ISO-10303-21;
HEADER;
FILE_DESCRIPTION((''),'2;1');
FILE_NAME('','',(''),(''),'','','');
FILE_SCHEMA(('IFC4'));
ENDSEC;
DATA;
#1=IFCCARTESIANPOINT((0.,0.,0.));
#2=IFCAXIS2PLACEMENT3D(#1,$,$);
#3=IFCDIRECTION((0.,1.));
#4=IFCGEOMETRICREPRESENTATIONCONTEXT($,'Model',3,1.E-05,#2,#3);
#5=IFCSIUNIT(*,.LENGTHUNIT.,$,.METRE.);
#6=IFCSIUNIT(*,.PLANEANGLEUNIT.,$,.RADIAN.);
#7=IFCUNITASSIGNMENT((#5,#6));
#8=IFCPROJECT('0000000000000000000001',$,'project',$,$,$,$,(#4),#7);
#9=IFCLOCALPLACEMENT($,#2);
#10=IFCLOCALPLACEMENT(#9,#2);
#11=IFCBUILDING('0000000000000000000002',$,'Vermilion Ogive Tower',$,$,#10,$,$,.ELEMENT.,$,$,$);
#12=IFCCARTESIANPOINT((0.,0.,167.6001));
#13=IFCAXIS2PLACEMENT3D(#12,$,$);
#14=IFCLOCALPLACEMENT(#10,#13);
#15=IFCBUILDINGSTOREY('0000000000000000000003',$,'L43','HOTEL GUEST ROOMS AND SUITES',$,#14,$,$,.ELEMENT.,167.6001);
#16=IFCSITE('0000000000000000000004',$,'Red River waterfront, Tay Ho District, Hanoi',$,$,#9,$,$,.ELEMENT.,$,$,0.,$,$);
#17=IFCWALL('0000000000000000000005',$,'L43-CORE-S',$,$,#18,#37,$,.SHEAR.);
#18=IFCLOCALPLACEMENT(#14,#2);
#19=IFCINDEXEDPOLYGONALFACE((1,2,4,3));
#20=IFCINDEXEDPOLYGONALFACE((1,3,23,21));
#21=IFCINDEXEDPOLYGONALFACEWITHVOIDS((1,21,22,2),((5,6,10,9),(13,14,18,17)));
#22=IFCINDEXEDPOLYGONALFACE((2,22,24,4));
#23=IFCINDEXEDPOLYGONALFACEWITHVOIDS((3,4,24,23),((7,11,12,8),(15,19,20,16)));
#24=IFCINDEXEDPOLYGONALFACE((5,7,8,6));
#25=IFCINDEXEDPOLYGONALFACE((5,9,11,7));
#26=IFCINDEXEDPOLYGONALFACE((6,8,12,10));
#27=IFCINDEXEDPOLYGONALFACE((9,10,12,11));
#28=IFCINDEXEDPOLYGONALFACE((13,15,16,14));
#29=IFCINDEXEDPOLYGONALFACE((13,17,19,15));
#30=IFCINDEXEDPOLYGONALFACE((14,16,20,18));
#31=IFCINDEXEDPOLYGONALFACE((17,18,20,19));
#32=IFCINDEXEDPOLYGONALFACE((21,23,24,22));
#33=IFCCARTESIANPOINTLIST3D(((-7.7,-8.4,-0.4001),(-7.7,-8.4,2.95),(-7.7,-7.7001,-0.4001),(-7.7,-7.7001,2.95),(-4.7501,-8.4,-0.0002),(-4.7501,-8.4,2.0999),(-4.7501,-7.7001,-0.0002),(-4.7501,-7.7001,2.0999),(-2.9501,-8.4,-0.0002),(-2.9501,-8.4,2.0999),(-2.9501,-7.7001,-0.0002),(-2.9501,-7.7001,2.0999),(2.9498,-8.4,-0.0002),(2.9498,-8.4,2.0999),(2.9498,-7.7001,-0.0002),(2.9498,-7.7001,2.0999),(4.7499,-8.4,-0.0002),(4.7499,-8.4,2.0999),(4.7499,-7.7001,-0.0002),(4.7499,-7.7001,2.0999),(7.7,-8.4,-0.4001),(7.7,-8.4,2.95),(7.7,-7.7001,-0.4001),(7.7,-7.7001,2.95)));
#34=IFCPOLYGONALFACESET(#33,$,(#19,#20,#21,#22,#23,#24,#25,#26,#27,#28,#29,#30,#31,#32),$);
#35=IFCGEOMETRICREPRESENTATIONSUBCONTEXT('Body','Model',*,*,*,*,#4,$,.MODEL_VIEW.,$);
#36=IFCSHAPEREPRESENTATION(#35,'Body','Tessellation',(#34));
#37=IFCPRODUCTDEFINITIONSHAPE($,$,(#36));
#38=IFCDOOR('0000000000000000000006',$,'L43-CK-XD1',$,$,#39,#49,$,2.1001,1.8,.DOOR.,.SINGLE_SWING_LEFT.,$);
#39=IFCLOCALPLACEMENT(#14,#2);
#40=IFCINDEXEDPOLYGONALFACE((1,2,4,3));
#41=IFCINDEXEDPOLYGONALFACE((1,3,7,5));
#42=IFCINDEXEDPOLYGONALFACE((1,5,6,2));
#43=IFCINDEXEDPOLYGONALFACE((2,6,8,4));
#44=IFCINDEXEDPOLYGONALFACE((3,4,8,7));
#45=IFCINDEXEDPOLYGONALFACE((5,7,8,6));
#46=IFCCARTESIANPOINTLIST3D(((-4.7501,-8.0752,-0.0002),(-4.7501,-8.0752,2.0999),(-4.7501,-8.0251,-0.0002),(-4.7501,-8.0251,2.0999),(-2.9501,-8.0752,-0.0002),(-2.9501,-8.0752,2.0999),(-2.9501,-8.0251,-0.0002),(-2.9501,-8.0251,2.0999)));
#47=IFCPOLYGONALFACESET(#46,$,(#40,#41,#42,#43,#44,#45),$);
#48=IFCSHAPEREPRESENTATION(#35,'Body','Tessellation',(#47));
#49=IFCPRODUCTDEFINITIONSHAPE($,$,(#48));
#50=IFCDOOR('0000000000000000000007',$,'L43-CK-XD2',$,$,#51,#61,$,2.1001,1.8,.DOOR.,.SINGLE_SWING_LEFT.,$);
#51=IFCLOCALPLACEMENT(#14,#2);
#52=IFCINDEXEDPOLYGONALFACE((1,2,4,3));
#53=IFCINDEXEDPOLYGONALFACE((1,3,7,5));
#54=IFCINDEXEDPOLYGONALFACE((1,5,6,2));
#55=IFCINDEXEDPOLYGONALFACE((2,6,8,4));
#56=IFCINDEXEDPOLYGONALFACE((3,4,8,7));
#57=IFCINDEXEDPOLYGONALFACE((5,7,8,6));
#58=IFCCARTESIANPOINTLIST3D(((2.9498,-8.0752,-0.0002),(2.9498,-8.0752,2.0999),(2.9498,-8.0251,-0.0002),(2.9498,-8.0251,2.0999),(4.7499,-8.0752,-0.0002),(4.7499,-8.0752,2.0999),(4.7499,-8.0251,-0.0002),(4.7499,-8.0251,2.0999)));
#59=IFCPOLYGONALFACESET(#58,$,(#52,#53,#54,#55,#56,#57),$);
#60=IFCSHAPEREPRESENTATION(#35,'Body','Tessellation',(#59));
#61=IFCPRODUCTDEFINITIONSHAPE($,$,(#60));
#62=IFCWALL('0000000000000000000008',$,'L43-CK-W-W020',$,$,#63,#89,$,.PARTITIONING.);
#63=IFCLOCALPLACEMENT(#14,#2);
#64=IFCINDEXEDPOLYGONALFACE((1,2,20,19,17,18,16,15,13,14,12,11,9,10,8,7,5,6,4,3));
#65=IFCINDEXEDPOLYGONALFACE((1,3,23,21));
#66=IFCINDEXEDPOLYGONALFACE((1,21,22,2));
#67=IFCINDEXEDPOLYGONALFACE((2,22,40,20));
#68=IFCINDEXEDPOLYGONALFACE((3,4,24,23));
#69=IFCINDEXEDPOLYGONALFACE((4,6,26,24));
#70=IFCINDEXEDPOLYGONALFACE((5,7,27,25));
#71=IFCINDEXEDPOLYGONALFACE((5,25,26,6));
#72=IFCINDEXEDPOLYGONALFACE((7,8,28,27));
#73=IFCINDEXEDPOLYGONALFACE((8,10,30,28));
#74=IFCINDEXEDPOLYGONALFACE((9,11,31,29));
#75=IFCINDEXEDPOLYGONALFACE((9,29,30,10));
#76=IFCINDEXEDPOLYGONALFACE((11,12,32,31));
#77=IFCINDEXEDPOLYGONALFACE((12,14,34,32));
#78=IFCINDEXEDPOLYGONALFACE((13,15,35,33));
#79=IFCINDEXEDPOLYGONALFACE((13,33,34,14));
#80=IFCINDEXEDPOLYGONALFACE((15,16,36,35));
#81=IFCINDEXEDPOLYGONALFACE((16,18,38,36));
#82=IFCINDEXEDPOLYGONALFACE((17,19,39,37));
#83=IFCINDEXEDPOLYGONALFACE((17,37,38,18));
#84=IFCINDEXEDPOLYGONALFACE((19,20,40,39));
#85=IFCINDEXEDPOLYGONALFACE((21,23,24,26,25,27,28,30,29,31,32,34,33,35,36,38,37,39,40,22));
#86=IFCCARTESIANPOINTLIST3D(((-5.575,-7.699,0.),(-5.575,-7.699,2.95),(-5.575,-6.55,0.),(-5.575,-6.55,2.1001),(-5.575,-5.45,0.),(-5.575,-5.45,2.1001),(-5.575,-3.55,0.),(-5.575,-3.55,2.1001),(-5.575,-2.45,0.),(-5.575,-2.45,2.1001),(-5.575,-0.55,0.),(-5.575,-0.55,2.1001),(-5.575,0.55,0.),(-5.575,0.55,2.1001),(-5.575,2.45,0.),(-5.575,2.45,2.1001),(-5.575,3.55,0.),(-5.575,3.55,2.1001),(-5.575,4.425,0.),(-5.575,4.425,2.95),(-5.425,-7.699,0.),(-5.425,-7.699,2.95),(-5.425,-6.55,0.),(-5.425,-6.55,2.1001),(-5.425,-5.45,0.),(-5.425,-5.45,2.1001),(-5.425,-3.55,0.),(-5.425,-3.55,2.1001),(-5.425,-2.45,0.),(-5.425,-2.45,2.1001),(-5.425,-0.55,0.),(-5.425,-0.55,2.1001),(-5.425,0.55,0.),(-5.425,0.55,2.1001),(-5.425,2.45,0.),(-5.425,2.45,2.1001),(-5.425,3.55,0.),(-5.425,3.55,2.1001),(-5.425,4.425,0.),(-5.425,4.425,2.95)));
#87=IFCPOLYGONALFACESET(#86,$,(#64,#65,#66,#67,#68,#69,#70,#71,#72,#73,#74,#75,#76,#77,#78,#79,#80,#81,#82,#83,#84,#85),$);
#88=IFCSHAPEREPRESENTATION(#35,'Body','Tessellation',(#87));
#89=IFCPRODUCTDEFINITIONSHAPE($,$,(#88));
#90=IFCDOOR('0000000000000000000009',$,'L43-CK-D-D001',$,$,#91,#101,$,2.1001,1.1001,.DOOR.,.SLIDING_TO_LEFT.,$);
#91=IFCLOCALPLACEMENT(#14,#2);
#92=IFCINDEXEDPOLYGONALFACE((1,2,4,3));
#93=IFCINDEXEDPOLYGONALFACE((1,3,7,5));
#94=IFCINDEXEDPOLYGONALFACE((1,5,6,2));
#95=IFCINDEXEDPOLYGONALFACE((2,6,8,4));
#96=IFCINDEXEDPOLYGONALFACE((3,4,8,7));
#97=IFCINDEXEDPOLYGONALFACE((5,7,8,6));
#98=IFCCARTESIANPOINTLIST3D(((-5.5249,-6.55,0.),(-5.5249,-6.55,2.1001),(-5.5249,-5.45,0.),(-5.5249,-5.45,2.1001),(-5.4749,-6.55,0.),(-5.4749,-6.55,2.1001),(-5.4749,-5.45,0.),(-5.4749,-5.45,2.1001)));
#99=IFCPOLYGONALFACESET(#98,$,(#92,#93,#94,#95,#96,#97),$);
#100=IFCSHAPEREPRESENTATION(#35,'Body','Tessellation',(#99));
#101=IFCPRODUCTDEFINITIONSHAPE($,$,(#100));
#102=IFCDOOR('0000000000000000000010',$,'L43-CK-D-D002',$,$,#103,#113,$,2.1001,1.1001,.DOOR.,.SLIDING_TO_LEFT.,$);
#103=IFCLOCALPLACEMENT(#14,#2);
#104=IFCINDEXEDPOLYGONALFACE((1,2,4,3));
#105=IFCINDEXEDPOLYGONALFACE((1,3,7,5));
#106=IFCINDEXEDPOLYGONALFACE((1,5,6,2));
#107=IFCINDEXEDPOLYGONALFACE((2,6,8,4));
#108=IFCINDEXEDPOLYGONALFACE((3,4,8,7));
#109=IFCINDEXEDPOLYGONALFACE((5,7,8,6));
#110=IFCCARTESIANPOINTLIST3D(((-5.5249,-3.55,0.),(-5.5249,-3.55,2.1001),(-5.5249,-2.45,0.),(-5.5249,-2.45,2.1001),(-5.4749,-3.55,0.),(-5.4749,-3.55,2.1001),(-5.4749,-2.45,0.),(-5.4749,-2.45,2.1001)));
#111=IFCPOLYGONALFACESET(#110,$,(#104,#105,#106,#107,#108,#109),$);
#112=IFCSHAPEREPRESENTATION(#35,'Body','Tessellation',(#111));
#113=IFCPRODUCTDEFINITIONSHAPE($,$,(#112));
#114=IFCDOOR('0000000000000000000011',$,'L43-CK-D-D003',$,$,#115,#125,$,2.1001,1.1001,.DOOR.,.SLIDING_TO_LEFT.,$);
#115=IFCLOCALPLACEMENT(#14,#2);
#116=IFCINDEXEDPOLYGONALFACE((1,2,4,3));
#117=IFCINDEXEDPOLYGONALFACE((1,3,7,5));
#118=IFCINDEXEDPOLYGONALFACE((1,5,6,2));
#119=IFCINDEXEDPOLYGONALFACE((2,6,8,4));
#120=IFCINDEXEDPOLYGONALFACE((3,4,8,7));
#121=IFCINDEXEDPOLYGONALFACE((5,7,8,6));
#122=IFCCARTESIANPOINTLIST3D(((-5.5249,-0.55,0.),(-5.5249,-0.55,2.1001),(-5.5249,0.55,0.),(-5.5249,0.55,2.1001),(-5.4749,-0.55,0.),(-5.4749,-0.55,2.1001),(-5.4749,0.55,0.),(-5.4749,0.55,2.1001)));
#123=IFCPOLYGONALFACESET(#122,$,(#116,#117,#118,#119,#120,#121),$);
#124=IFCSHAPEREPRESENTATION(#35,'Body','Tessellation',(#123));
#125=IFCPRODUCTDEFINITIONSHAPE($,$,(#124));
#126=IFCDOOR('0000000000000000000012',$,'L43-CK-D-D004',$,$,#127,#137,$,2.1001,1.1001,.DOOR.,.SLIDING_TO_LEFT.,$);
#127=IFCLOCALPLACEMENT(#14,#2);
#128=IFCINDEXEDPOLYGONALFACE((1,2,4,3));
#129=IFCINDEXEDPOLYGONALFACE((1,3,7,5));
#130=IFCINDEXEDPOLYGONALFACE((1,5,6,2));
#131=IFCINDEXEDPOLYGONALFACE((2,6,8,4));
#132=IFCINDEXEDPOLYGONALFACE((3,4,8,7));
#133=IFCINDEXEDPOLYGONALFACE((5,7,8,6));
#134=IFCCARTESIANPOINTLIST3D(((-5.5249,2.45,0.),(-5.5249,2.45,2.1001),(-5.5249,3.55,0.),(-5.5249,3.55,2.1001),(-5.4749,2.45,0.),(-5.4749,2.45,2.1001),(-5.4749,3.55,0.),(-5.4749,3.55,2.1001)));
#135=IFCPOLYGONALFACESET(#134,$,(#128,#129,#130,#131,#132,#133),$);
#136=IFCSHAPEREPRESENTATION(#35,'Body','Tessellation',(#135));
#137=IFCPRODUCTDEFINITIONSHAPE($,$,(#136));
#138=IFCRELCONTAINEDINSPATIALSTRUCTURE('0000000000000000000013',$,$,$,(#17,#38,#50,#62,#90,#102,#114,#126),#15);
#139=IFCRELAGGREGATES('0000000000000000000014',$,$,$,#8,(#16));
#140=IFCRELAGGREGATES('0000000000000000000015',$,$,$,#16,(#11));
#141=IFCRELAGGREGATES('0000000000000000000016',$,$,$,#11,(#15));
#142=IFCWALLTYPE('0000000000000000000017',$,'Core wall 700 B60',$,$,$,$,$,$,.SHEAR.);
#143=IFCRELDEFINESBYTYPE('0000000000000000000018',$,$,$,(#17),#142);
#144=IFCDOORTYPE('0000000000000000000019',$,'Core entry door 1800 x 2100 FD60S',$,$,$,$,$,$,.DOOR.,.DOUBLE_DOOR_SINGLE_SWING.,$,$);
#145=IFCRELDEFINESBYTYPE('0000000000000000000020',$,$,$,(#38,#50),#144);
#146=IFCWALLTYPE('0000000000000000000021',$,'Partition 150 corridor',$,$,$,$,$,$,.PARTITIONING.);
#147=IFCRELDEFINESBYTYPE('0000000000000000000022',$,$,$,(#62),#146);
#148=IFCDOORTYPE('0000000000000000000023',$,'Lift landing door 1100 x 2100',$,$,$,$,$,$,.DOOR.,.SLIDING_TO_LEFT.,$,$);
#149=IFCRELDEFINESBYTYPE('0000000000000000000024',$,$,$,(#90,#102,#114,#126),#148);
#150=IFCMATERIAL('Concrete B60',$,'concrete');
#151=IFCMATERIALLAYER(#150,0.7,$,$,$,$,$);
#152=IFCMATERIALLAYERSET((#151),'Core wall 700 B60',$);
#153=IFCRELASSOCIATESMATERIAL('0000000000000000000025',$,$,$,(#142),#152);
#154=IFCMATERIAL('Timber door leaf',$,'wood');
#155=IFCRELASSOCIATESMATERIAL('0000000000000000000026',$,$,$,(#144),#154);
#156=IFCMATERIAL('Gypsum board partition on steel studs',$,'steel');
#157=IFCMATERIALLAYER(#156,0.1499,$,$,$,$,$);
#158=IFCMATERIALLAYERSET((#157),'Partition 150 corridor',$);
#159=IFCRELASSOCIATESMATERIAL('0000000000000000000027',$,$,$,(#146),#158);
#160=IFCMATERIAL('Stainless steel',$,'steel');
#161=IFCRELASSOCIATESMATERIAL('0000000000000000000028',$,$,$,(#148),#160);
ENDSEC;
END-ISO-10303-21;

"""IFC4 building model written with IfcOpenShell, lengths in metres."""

from ifc_helpers import new_model, si_unit, direction, frame, frame_2d, origin, place, context, subcontext, project, spatial, rectangle, extrude, material, layer, layer_set, type_object, element, fill, save


model = new_model("IFC4")

# Units and contexts
model_context = context("Model", 3, precision=1e-05, world=origin(), true_north=direction((0.0, 1.0)))
body_context = subcontext(model_context, "Body", "Model", "MODEL_VIEW")
ifc_project = project(units=[si_unit("LENGTHUNIT", "METRE"), si_unit("PLANEANGLEUNIT", "RADIAN")], contexts=[model_context])

# Site, building, storey
site_placement = place(None, origin())
site = spatial("IfcSite", under=ifc_project, at=site_placement, Name="Red River waterfront, Tay Ho District, Hanoi", CompositionType="ELEMENT", RefElevation=0.0)
building_placement = place(site_placement, origin())
building = spatial("IfcBuilding", under=site, at=building_placement, Name="Vermilion Ogive Tower", CompositionType="ELEMENT")
storey_placement = place(building_placement, frame((0.0, 0.0, 167.6001)))
storey = spatial("IfcBuildingStorey", under=building, at=storey_placement, Name="L43", Description="HOTEL GUEST ROOMS AND SUITES", CompositionType="ELEMENT", Elevation=167.6001)

# Walls, openings, doors
ifc_material_1 = material(Name="Concrete B60", Category="concrete")
ifc_layer_1 = layer(ifc_material_1, 0.7)
ifc_layer_set_1 = layer_set([ifc_layer_1], Name="Core wall 700 B60")
wall_type_1 = type_object("IfcWallType", Name="Core wall 700 B60", PredefinedType="SHEAR", material=ifc_layer_set_1)
wall_1_placement = place(storey_placement, frame((-7.7, -8.05, -0.4001), z_axis=(0.0, 0.0, 1.0), x_axis=(1.0, 0.0, 0.0)))
wall_1 = element("IfcWall", 1, at=wall_1_placement, inside=storey, type_object=wall_type_1, Name="L43-CORE-S", PredefinedType="SHEAR", context=body_context, shape_type="SweptSolid", body=[
    extrude(rectangle(XDim=15.3999, YDim=0.7, at=frame_2d((7.7, 0.0))), origin(), (0.0, 0.0, 1.0), 3.3501),
])
opening_1_placement = place(wall_1_placement, frame((2.95, 0.0, 0.3999)))
opening_1 = element("IfcOpeningElement", 2, at=opening_1_placement, cuts=wall_1, PredefinedType="OPENING", context=body_context, shape_type="SweptSolid", body=[
    extrude(rectangle(XDim=1.8, YDim=2.1001, at=frame_2d((0.8999, 1.05))), frame((0.0, 0.3599, 0.0), z_axis=(0.0, -1.0, 0.0), x_axis=(1.0, 0.0, 0.0)), (0.0, 0.0, 1.0), 0.72),
])
opening_2_placement = place(wall_1_placement, frame((10.6499, 0.0, 0.3999)))
opening_2 = element("IfcOpeningElement", 3, at=opening_2_placement, cuts=wall_1, PredefinedType="OPENING", context=body_context, shape_type="SweptSolid", body=[
    extrude(rectangle(XDim=1.8, YDim=2.1001, at=frame_2d((0.8999, 1.05))), frame((0.0, 0.3599, 0.0), z_axis=(0.0, -1.0, 0.0), x_axis=(1.0, 0.0, 0.0)), (0.0, 0.0, 1.0), 0.72),
])
ifc_material_2 = material(Name="Timber door leaf", Category="wood")
door_type_1 = type_object("IfcDoorType", Name="Core entry door 1800 x 2100 FD60S", OperationType="DOUBLE_DOOR_SINGLE_SWING", PredefinedType="DOOR", material=ifc_material_2)
door_1_placement = place(opening_1_placement, origin())
door_1 = element("IfcDoor", 4, at=door_1_placement, inside=storey, type_object=door_type_1, Name="L43-CK-XD1", OperationType="SINGLE_SWING_LEFT", OverallHeight=2.1001, OverallWidth=1.8, PredefinedType="DOOR", context=body_context, shape_type="SweptSolid", body=[
    extrude(rectangle(XDim=1.8, YDim=2.1001, at=frame_2d((0.8999, 1.05))), frame((0.0, 0.0249, 0.0), z_axis=(0.0, -1.0, 0.0), x_axis=(1.0, 0.0, 0.0)), (0.0, 0.0, 1.0), 0.05),
])
fill(opening_1, door_1)
door_2_placement = place(opening_2_placement, origin())
door_2 = element("IfcDoor", 5, at=door_2_placement, inside=storey, type_object=door_type_1, Name="L43-CK-XD2", OperationType="SINGLE_SWING_LEFT", OverallHeight=2.1001, OverallWidth=1.8, PredefinedType="DOOR", context=body_context, shape_type="SweptSolid", body=[
    extrude(rectangle(XDim=1.8, YDim=2.1001, at=frame_2d((0.8999, 1.05))), frame((0.0, 0.0249, 0.0), z_axis=(0.0, -1.0, 0.0), x_axis=(1.0, 0.0, 0.0)), (0.0, 0.0, 1.0), 0.05),
])
fill(opening_2, door_2)
ifc_material_3 = material(Name="Gypsum board partition on steel studs", Category="steel")
ifc_layer_2 = layer(ifc_material_3, 0.1499)
ifc_layer_set_2 = layer_set([ifc_layer_2], Name="Partition 150 corridor")
wall_type_2 = type_object("IfcWallType", Name="Partition 150 corridor", PredefinedType="PARTITIONING", material=ifc_layer_set_2)
wall_2_placement = place(storey_placement, frame((-5.5, -7.699, 0.0), z_axis=(0.0, 0.0, 1.0), x_axis=(0.0, 1.0, 0.0)))
wall_2 = element("IfcWall", 6, at=wall_2_placement, inside=storey, type_object=wall_type_2, Name="L43-CK-W-W020", PredefinedType="PARTITIONING", context=body_context, shape_type="SweptSolid", body=[
    extrude(rectangle(XDim=12.124, YDim=0.1499, at=frame_2d((6.062, 0.0))), origin(), (0.0, 0.0, 1.0), 2.95),
])
opening_3_placement = place(wall_2_placement, frame((1.1489, 0.0, 0.0)))
opening_3 = element("IfcOpeningElement", 7, at=opening_3_placement, cuts=wall_2, PredefinedType="OPENING", context=body_context, shape_type="SweptSolid", body=[
    extrude(rectangle(XDim=1.1001, YDim=2.1001, at=frame_2d((0.55, 1.05))), frame((0.0, 0.085, 0.0), z_axis=(0.0, -1.0, 0.0), x_axis=(1.0, 0.0, 0.0)), (0.0, 0.0, 1.0), 0.1699),
])
opening_4_placement = place(wall_2_placement, frame((4.1489, 0.0, 0.0)))
opening_4 = element("IfcOpeningElement", 8, at=opening_4_placement, cuts=wall_2, PredefinedType="OPENING", context=body_context, shape_type="SweptSolid", body=[
    extrude(rectangle(XDim=1.1001, YDim=2.1001, at=frame_2d((0.55, 1.05))), frame((0.0, 0.085, 0.0), z_axis=(0.0, -1.0, 0.0), x_axis=(1.0, 0.0, 0.0)), (0.0, 0.0, 1.0), 0.1699),
])
opening_5_placement = place(wall_2_placement, frame((7.1489, 0.0, 0.0)))
opening_5 = element("IfcOpeningElement", 9, at=opening_5_placement, cuts=wall_2, PredefinedType="OPENING", context=body_context, shape_type="SweptSolid", body=[
    extrude(rectangle(XDim=1.1001, YDim=2.1001, at=frame_2d((0.55, 1.05))), frame((0.0, 0.085, 0.0), z_axis=(0.0, -1.0, 0.0), x_axis=(1.0, 0.0, 0.0)), (0.0, 0.0, 1.0), 0.1699),
])
opening_6_placement = place(wall_2_placement, frame((10.1489, 0.0, 0.0)))
opening_6 = element("IfcOpeningElement", 10, at=opening_6_placement, cuts=wall_2, PredefinedType="OPENING", context=body_context, shape_type="SweptSolid", body=[
    extrude(rectangle(XDim=1.1001, YDim=2.1001, at=frame_2d((0.55, 1.05))), frame((0.0, 0.085, 0.0), z_axis=(0.0, -1.0, 0.0), x_axis=(1.0, 0.0, 0.0)), (0.0, 0.0, 1.0), 0.1699),
])
ifc_material_4 = material(Name="Stainless steel", Category="steel")
door_type_2 = type_object("IfcDoorType", Name="Lift landing door 1100 x 2100", OperationType="SLIDING_TO_LEFT", PredefinedType="DOOR", material=ifc_material_4)
door_3_placement = place(opening_3_placement, origin())
door_3 = element("IfcDoor", 11, at=door_3_placement, inside=storey, type_object=door_type_2, Name="L43-CK-D-D001", OperationType="SLIDING_TO_LEFT", OverallHeight=2.1001, OverallWidth=1.1001, PredefinedType="DOOR", context=body_context, shape_type="SweptSolid", body=[
    extrude(rectangle(XDim=1.1001, YDim=2.1001, at=frame_2d((0.55, 1.05))), frame((0.0, 0.0249, 0.0), z_axis=(0.0, -1.0, 0.0), x_axis=(1.0, 0.0, 0.0)), (0.0, 0.0, 1.0), 0.05),
])
fill(opening_3, door_3)
door_4_placement = place(opening_4_placement, origin())
door_4 = element("IfcDoor", 12, at=door_4_placement, inside=storey, type_object=door_type_2, Name="L43-CK-D-D002", OperationType="SLIDING_TO_LEFT", OverallHeight=2.1001, OverallWidth=1.1001, PredefinedType="DOOR", context=body_context, shape_type="SweptSolid", body=[
    extrude(rectangle(XDim=1.1001, YDim=2.1001, at=frame_2d((0.55, 1.05))), frame((0.0, 0.0249, 0.0), z_axis=(0.0, -1.0, 0.0), x_axis=(1.0, 0.0, 0.0)), (0.0, 0.0, 1.0), 0.05),
])
fill(opening_4, door_4)
door_5_placement = place(opening_5_placement, origin())
door_5 = element("IfcDoor", 13, at=door_5_placement, inside=storey, type_object=door_type_2, Name="L43-CK-D-D003", OperationType="SLIDING_TO_LEFT", OverallHeight=2.1001, OverallWidth=1.1001, PredefinedType="DOOR", context=body_context, shape_type="SweptSolid", body=[
    extrude(rectangle(XDim=1.1001, YDim=2.1001, at=frame_2d((0.55, 1.05))), frame((0.0, 0.0249, 0.0), z_axis=(0.0, -1.0, 0.0), x_axis=(1.0, 0.0, 0.0)), (0.0, 0.0, 1.0), 0.05),
])
fill(opening_5, door_5)
door_6_placement = place(opening_6_placement, origin())
door_6 = element("IfcDoor", 14, at=door_6_placement, inside=storey, type_object=door_type_2, Name="L43-CK-D-D004", OperationType="SLIDING_TO_LEFT", OverallHeight=2.1001, OverallWidth=1.1001, PredefinedType="DOOR", context=body_context, shape_type="SweptSolid", body=[
    extrude(rectangle(XDim=1.1001, YDim=2.1001, at=frame_2d((0.55, 1.05))), frame((0.0, 0.0249, 0.0), z_axis=(0.0, -1.0, 0.0), x_axis=(1.0, 0.0, 0.0)), (0.0, 0.0, 1.0), 0.05),
])
fill(opening_6, door_6)

save(model, "model.ifc")
